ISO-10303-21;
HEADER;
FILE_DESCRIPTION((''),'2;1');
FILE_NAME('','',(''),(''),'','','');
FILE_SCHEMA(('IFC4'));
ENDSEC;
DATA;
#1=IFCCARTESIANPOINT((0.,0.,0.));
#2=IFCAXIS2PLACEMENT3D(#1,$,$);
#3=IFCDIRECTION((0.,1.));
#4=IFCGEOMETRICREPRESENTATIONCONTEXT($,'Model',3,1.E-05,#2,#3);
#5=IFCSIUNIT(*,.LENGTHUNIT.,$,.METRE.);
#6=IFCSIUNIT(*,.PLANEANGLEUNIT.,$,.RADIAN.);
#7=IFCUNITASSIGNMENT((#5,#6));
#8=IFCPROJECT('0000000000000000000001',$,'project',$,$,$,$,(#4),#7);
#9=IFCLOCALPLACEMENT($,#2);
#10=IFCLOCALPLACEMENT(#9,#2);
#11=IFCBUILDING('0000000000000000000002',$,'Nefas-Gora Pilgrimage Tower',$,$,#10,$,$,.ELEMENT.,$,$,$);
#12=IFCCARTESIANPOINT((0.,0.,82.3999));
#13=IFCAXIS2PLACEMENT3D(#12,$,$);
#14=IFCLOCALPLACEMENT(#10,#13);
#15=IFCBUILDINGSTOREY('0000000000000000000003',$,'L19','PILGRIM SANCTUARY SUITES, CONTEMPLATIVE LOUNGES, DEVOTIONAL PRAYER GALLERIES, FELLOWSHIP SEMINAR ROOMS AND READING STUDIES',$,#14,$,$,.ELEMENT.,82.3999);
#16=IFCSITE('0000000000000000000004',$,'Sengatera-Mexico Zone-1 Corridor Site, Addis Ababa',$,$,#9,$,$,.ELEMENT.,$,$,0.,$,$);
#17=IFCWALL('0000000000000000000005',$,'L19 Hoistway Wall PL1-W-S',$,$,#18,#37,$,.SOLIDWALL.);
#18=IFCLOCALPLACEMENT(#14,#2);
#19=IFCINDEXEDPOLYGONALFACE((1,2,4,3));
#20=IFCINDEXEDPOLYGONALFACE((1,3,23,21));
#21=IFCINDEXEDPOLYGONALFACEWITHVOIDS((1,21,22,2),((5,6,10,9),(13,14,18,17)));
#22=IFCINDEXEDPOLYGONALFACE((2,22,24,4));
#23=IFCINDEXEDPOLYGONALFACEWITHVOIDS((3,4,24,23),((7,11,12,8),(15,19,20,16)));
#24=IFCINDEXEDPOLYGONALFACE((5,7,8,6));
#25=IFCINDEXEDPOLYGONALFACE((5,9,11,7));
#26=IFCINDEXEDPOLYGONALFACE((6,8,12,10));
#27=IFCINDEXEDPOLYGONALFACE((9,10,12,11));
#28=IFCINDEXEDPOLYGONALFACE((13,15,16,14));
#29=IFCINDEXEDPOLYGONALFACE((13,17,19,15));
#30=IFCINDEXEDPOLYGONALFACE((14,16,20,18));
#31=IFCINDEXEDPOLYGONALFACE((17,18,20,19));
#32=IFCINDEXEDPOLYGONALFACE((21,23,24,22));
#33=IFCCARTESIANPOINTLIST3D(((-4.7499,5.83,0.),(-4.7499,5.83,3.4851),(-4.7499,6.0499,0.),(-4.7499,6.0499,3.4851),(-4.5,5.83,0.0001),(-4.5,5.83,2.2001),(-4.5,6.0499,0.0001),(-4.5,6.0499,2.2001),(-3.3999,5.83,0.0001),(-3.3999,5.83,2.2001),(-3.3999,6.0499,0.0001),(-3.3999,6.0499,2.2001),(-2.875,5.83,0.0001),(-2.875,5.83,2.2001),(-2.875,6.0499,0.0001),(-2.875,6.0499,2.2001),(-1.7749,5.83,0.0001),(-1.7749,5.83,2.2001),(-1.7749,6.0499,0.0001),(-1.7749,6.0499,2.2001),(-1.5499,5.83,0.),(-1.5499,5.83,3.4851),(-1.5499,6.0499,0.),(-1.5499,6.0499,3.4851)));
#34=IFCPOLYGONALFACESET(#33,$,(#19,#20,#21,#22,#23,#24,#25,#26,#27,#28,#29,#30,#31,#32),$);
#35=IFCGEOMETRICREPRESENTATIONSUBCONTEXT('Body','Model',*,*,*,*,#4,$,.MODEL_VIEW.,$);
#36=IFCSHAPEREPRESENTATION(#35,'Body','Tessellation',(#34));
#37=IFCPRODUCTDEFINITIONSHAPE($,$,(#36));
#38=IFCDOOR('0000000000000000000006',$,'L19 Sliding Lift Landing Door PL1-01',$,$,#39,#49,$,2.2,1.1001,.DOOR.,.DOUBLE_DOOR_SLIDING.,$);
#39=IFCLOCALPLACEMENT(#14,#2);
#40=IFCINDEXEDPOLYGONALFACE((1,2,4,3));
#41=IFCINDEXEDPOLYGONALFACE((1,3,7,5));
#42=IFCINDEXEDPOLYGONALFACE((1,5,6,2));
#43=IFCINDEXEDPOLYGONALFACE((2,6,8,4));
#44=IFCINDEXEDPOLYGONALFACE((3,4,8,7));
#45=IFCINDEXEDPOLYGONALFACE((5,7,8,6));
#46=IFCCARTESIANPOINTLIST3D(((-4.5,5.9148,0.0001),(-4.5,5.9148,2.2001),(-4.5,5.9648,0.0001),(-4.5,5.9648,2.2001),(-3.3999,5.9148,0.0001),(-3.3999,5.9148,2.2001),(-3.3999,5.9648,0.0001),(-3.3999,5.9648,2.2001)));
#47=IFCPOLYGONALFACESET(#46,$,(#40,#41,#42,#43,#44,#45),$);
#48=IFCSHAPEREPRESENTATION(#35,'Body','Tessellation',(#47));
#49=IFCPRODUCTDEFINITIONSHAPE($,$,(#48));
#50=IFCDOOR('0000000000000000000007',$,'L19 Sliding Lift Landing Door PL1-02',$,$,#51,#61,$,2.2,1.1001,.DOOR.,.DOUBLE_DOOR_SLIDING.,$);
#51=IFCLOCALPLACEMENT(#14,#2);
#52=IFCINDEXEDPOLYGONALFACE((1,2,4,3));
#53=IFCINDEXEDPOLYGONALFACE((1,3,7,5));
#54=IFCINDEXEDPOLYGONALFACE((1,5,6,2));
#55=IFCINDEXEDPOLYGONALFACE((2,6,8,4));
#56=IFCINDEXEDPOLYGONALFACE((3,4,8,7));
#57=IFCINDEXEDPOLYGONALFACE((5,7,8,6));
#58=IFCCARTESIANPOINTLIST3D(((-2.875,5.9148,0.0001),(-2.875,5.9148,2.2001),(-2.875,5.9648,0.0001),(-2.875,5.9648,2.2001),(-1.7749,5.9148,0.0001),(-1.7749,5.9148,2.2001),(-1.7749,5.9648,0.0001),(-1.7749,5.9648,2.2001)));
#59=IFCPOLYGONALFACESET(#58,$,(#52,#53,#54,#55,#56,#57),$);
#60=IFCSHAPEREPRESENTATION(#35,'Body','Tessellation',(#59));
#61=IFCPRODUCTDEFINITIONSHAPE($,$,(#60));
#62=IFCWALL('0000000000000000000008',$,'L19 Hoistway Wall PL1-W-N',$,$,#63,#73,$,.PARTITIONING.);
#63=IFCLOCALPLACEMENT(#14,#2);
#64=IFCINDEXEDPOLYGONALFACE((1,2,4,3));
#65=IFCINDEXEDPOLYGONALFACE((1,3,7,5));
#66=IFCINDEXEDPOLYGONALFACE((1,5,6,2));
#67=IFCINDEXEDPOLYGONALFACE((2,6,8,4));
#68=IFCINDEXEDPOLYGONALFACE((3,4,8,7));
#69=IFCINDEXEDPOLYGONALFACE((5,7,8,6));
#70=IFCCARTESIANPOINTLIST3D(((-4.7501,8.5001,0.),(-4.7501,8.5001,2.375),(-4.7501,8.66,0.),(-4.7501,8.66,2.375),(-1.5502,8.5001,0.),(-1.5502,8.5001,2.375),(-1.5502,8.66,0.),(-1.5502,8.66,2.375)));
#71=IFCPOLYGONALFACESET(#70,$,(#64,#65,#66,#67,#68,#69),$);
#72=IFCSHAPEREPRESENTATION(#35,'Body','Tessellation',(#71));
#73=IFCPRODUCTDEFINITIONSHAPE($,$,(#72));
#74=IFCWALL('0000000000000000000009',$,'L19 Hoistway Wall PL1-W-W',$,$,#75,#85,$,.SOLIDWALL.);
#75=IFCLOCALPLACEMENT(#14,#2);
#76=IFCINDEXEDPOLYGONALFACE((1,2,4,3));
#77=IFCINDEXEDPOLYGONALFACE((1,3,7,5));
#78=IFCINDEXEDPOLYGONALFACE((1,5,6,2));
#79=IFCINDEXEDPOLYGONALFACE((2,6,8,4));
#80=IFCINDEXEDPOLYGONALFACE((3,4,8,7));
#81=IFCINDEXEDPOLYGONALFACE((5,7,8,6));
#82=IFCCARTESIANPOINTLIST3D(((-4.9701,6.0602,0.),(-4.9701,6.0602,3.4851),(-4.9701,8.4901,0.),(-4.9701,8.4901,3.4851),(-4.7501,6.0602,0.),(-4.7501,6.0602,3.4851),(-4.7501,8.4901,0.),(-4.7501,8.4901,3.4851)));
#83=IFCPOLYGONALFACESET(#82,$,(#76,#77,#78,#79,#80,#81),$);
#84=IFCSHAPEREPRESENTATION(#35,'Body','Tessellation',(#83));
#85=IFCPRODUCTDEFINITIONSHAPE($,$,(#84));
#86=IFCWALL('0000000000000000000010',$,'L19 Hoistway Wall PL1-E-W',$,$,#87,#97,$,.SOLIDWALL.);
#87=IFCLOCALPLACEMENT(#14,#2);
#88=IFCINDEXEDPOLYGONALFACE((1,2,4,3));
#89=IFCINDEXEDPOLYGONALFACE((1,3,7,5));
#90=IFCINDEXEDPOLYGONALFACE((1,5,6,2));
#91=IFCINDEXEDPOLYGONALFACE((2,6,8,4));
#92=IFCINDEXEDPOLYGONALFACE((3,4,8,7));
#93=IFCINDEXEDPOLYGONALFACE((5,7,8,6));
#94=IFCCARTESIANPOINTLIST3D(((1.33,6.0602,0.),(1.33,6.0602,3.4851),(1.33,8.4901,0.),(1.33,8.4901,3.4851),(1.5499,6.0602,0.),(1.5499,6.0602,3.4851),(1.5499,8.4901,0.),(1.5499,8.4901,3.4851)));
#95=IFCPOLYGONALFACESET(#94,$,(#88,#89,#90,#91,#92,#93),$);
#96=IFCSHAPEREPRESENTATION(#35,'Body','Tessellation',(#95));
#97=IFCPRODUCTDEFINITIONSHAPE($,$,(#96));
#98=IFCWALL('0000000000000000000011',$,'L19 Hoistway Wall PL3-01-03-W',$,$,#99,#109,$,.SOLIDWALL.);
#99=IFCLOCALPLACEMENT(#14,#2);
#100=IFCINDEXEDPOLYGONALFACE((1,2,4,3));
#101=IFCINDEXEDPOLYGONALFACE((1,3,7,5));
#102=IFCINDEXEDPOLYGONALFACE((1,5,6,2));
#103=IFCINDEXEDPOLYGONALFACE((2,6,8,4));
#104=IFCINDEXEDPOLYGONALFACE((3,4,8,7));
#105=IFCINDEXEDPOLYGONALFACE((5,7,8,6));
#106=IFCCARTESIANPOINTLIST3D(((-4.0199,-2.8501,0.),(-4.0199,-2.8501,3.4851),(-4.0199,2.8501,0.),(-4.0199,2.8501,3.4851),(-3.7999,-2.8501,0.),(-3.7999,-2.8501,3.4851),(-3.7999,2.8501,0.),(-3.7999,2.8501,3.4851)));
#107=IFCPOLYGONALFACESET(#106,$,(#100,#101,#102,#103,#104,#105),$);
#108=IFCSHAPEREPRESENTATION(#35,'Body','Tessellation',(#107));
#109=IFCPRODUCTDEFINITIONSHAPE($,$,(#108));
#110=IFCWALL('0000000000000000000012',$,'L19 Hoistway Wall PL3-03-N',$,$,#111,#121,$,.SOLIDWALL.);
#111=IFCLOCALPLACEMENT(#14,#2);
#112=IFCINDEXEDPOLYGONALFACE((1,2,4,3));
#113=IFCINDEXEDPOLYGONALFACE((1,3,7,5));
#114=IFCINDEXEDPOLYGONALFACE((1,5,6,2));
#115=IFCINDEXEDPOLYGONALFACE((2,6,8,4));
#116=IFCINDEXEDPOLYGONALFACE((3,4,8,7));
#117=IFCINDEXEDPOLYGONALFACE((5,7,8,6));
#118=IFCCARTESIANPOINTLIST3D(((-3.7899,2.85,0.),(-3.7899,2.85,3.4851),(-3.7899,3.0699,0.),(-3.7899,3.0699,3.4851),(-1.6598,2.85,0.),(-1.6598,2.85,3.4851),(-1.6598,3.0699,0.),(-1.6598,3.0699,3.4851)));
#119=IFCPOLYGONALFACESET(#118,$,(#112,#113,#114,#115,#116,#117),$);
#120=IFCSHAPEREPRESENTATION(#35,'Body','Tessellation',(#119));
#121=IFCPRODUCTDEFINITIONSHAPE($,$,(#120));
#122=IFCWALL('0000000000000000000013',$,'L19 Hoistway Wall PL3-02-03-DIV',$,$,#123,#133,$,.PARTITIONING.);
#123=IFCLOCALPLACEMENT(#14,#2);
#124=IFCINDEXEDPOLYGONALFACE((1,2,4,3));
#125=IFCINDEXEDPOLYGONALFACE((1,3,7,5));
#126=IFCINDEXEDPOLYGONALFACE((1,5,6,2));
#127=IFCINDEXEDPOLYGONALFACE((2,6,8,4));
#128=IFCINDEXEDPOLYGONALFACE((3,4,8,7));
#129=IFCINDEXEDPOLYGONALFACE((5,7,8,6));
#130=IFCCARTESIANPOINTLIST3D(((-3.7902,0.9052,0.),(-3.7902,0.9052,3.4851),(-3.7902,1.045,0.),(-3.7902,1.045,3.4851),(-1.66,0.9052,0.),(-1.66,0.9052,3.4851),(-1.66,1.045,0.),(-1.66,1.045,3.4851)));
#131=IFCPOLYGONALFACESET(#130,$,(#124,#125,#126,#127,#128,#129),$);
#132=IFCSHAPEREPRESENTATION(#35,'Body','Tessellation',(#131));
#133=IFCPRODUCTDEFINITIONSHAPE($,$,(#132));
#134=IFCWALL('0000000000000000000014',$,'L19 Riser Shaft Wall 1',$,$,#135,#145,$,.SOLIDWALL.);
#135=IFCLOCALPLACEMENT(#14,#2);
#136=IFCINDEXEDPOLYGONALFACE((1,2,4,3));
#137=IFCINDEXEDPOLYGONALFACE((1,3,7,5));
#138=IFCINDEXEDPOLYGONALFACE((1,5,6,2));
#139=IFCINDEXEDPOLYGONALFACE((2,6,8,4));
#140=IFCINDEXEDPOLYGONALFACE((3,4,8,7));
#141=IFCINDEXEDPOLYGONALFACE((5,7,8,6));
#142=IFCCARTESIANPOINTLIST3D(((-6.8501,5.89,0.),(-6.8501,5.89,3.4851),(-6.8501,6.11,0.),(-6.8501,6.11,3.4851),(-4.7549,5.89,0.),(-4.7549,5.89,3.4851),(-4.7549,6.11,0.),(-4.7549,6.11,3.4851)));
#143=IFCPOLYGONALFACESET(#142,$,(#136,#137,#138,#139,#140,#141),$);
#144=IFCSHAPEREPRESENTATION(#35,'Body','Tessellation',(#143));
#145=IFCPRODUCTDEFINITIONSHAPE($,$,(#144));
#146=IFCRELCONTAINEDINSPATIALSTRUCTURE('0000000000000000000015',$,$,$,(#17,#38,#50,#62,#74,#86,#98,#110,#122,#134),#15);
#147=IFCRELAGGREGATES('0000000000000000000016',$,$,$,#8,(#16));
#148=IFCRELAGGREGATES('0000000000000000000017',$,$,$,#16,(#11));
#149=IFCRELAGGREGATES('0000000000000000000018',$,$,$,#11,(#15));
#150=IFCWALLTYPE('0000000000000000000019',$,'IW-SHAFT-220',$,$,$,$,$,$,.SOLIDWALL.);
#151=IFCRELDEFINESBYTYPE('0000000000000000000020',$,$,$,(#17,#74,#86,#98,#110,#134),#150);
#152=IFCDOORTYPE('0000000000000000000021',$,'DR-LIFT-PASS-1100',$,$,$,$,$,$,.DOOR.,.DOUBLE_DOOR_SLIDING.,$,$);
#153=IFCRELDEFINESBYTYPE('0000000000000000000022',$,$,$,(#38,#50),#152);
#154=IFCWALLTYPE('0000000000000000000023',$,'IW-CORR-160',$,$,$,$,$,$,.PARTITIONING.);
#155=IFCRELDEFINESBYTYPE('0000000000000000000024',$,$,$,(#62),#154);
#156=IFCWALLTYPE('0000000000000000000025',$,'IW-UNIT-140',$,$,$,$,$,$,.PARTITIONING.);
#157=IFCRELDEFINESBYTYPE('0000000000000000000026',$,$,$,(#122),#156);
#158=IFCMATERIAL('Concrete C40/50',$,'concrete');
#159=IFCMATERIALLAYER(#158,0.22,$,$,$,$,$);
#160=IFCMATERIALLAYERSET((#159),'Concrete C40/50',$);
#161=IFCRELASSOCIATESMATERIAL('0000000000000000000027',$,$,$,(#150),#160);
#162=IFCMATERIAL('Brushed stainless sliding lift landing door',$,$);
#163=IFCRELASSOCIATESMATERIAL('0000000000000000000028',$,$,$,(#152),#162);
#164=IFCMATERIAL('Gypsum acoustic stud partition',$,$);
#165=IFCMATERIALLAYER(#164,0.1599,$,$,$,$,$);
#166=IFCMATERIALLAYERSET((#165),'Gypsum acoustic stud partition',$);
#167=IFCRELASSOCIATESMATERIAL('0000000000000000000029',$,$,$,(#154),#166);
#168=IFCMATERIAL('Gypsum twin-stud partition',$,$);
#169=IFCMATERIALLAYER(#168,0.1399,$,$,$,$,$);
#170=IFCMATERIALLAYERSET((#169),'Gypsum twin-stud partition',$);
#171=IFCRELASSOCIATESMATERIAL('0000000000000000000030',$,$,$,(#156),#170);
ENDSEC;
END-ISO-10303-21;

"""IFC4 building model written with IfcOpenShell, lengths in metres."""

from ifc_helpers import new_model, si_unit, direction, frame, frame_2d, origin, place, context, subcontext, project, spatial, rectangle, extrude, source, transform, mapped, material, layer, layer_set, type_object, element, fill, save


model = new_model("IFC4")

# Units and contexts
model_context = context("Model", 3, precision=1e-05, world=origin(), true_north=direction((0.0, 1.0)))
body_context = subcontext(model_context, "Body", "Model", "MODEL_VIEW")
ifc_project = project(units=[si_unit("LENGTHUNIT", "METRE"), si_unit("PLANEANGLEUNIT", "RADIAN")], contexts=[model_context])

# Site, building, storey
site_placement = place(None, origin())
site = spatial("IfcSite", under=ifc_project, at=site_placement, Name="Sengatera-Mexico Zone-1 Corridor Site, Addis Ababa", CompositionType="ELEMENT", RefElevation=0.0)
building_placement = place(site_placement, origin())
building = spatial("IfcBuilding", under=site, at=building_placement, Name="Nefas-Gora Pilgrimage Tower", CompositionType="ELEMENT")
storey_placement = place(building_placement, frame((0.0, 0.0, 82.3999)))
storey = spatial("IfcBuildingStorey", under=building, at=storey_placement, Name="L19", Description="PILGRIM SANCTUARY SUITES, CONTEMPLATIVE LOUNGES, DEVOTIONAL PRAYER GALLERIES, FELLOWSHIP SEMINAR ROOMS AND READING STUDIES", CompositionType="ELEMENT", Elevation=82.3999)

# Shared definitions
ifc_material_1 = material(Name="Concrete C40/50", Category="concrete")

# Shared definitions
ifc_layer_1 = layer(ifc_material_1, 0.22)
ifc_layer_set_1 = layer_set([ifc_layer_1], Name="Concrete C40/50")
wall_type_1 = type_object("IfcWallType", Name="IW-SHAFT-220", PredefinedType="SOLIDWALL", material=ifc_layer_set_1)

# Wall, openings, doors
shared_shape_1 = source(origin(), body_context, "Body", "SweptSolid", [
    extrude(rectangle(XDim=3.2, YDim=0.22, at=frame_2d((1.6001, 0.0))), origin(), (0.0, 0.0, 1.0), 3.4851),
])
wall_1_placement = place(storey_placement, frame((-4.75, 5.9399, 0.0), z_axis=(0.0, 0.0, 1.0), x_axis=(1.0, 0.0, 0.0)))
wall_1 = element("IfcWall", 1, at=wall_1_placement, inside=storey, type_object=wall_type_1, Name="L19 Hoistway Wall PL1-W-S", PredefinedType="SOLIDWALL", context=body_context, shape_type="MappedRepresentation", body=[
    mapped(shared_shape_1, transform((0.0, 0.0, 0.0), x_axis=(1.0, 0.0, 0.0), y_axis=(0.0, 1.0, 0.0), z_axis=(0.0, 0.0, 1.0), scale=1.0)),
])
opening_1_placement = place(wall_1_placement, frame((0.25, 0.0, 0.0)))
opening_1 = element("IfcOpeningElement", 2, at=opening_1_placement, cuts=wall_1, PredefinedType="OPENING", context=body_context, shape_type="SweptSolid", body=[
    extrude(rectangle(XDim=1.1001, YDim=2.2, at=frame_2d((0.55, 1.1001))), frame((0.0, 0.1199, 0.0), z_axis=(0.0, -1.0, 0.0), x_axis=(1.0, 0.0, 0.0)), (0.0, 0.0, 1.0), 0.24),
])
opening_2_placement = place(wall_1_placement, frame((1.875, 0.0, 0.0)))
opening_2 = element("IfcOpeningElement", 3, at=opening_2_placement, cuts=wall_1, PredefinedType="OPENING", context=body_context, shape_type="SweptSolid", body=[
    extrude(rectangle(XDim=1.1001, YDim=2.2, at=frame_2d((0.55, 1.1001))), frame((0.0, 0.1199, 0.0), z_axis=(0.0, -1.0, 0.0), x_axis=(1.0, 0.0, 0.0)), (0.0, 0.0, 1.0), 0.24),
])
ifc_material_2 = material(Name="Brushed stainless sliding lift landing door")
door_type_1 = type_object("IfcDoorType", Name="DR-LIFT-PASS-1100", OperationType="DOUBLE_DOOR_SLIDING", PredefinedType="DOOR", material=ifc_material_2)
shared_shape_2 = source(origin(), body_context, "Body", "SweptSolid", [
    extrude(rectangle(XDim=1.1001, YDim=2.2, at=frame_2d((0.55, 1.1001))), frame((0.0, 0.0249, 0.0), z_axis=(0.0, -1.0, 0.0), x_axis=(1.0, 0.0, 0.0)), (0.0, 0.0, 1.0), 0.05),
])
door_1_placement = place(opening_1_placement, origin())
door_1 = element("IfcDoor", 4, at=door_1_placement, inside=storey, type_object=door_type_1, Name="L19 Sliding Lift Landing Door PL1-01", OperationType="DOUBLE_DOOR_SLIDING", OverallHeight=2.2, OverallWidth=1.1001, PredefinedType="DOOR", context=body_context, shape_type="MappedRepresentation", body=[
    mapped(shared_shape_2, transform((0.0, 0.0, 0.0), x_axis=(1.0, 0.0, 0.0), y_axis=(0.0, 1.0, 0.0), z_axis=(0.0, 0.0, 1.0), scale=1.0)),
])
fill(opening_1, door_1)
door_2_placement = place(opening_2_placement, origin())
door_2 = element("IfcDoor", 5, at=door_2_placement, inside=storey, type_object=door_type_1, Name="L19 Sliding Lift Landing Door PL1-02", OperationType="DOUBLE_DOOR_SLIDING", OverallHeight=2.2, OverallWidth=1.1001, PredefinedType="DOOR", context=body_context, shape_type="MappedRepresentation", body=[
    mapped(shared_shape_2, transform((0.0, 0.0, 0.0), x_axis=(1.0, 0.0, 0.0), y_axis=(0.0, 1.0, 0.0), z_axis=(0.0, 0.0, 1.0), scale=1.0)),
])
fill(opening_2, door_2)

# Walls
ifc_material_3 = material(Name="Gypsum acoustic stud partition")
ifc_layer_2 = layer(ifc_material_3, 0.1599)
ifc_layer_set_2 = layer_set([ifc_layer_2], Name="Gypsum acoustic stud partition")
wall_type_2 = type_object("IfcWallType", Name="IW-CORR-160", PredefinedType="PARTITIONING", material=ifc_layer_set_2)
shared_shape_3 = source(origin(), body_context, "Body", "SweptSolid", [
    extrude(rectangle(XDim=3.2, YDim=0.1599, at=frame_2d((1.6001, 0.0))), origin(), (0.0, 0.0, 1.0), 2.375),
])
wall_2_placement = place(storey_placement, frame((-1.55, 8.5801, 0.0), z_axis=(0.0, 0.0, 1.0), x_axis=(-1.0, 0.0, 0.0)))
element("IfcWall", 6, at=wall_2_placement, inside=storey, type_object=wall_type_2, Name="L19 Hoistway Wall PL1-W-N", PredefinedType="PARTITIONING", context=body_context, shape_type="MappedRepresentation", body=[
    mapped(shared_shape_3, transform((0.0, 0.0, 0.0), x_axis=(1.0, 0.0, 0.0), y_axis=(0.0, 1.0, 0.0), z_axis=(0.0, 0.0, 1.0), scale=1.0)),
])
shared_shape_4 = source(origin(), body_context, "Body", "SweptSolid", [
    extrude(rectangle(XDim=2.4299, YDim=0.22, at=frame_2d((1.2148, 0.0))), origin(), (0.0, 0.0, 1.0), 3.4851),
])
for number, where, z_axis, x_axis, name in (
    (7, (-4.8601, 8.49, 0.0), (0.0, 0.0, 1.0), (0.0, -1.0, 0.0), "L19 Hoistway Wall PL1-W-W"),
    (8, (1.4399, 8.49, 0.0), (0.0, 0.0, 1.0), (0.0, -1.0, 0.0), "L19 Hoistway Wall PL1-E-W"),
):
    element("IfcWall", number, at=place(storey_placement, frame(where, z_axis=z_axis, x_axis=x_axis)), inside=storey, type_object=wall_type_1, Name=name, PredefinedType="SOLIDWALL", context=body_context, shape_type="MappedRepresentation", body=[
        mapped(shared_shape_4, transform((0.0, 0.0, 0.0), x_axis=(1.0, 0.0, 0.0), y_axis=(0.0, 1.0, 0.0), z_axis=(0.0, 0.0, 1.0), scale=1.0)),
    ])
ifc_material_4 = material(Name="Gypsum twin-stud partition")
ifc_layer_3 = layer(ifc_material_4, 0.1399)
ifc_layer_set_3 = layer_set([ifc_layer_3], Name="Gypsum twin-stud partition")
wall_type_3 = type_object("IfcWallType", Name="IW-UNIT-140", PredefinedType="PARTITIONING", material=ifc_layer_set_3)
shared_shape_5 = source(origin(), body_context, "Body", "SweptSolid", [
    extrude(rectangle(XDim=5.7002, YDim=0.22, at=frame_2d((2.8501, 0.0))), origin(), (0.0, 0.0, 1.0), 3.4851),
])
wall_3_placement = place(storey_placement, frame((-3.9099, 2.8501, 0.0), z_axis=(0.0, 0.0, 1.0), x_axis=(0.0, -1.0, 0.0)))
element("IfcWall", 9, at=wall_3_placement, inside=storey, type_object=wall_type_1, Name="L19 Hoistway Wall PL3-01-03-W", PredefinedType="SOLIDWALL", context=body_context, shape_type="MappedRepresentation", body=[
    mapped(shared_shape_5, transform((0.0, 0.0, 0.0), x_axis=(1.0, 0.0, 0.0), y_axis=(0.0, 1.0, 0.0), z_axis=(0.0, 0.0, 1.0), scale=1.0)),
])
shared_shape_6 = source(origin(), body_context, "Body", "SweptSolid", [
    extrude(rectangle(XDim=2.1301, YDim=0.22, at=frame_2d((1.0649, 0.0))), origin(), (0.0, 0.0, 1.0), 3.4851),
])
wall_4_placement = place(storey_placement, frame((-1.6599, 2.96, 0.0), z_axis=(0.0, 0.0, 1.0), x_axis=(-1.0, 0.0, 0.0)))
element("IfcWall", 10, at=wall_4_placement, inside=storey, type_object=wall_type_1, Name="L19 Hoistway Wall PL3-03-N", PredefinedType="SOLIDWALL", context=body_context, shape_type="MappedRepresentation", body=[
    mapped(shared_shape_6, transform((0.0, 0.0, 0.0), x_axis=(1.0, 0.0, 0.0), y_axis=(0.0, 1.0, 0.0), z_axis=(0.0, 0.0, 1.0), scale=1.0)),
])
shared_shape_7 = source(origin(), body_context, "Body", "SweptSolid", [
    extrude(rectangle(XDim=2.1301, YDim=0.1399, at=frame_2d((1.0649, 0.0))), origin(), (0.0, 0.0, 1.0), 3.4851),
])
wall_5_placement = place(storey_placement, frame((-3.79, 0.9751, 0.0), z_axis=(0.0, 0.0, 1.0), x_axis=(1.0, 0.0, 0.0)))
element("IfcWall", 11, at=wall_5_placement, inside=storey, type_object=wall_type_3, Name="L19 Hoistway Wall PL3-02-03-DIV", PredefinedType="PARTITIONING", context=body_context, shape_type="MappedRepresentation", body=[
    mapped(shared_shape_7, transform((0.0, 0.0, 0.0), x_axis=(1.0, 0.0, 0.0), y_axis=(0.0, 1.0, 0.0), z_axis=(0.0, 0.0, 1.0), scale=1.0)),
])
shared_shape_8 = source(origin(), body_context, "Body", "SweptSolid", [
    extrude(rectangle(XDim=2.0952, YDim=0.22, at=frame_2d((1.0476, 0.0))), origin(), (0.0, 0.0, 1.0), 3.4851),
])
wall_6_placement = place(storey_placement, frame((-6.8501, 6.0, 0.0), z_axis=(0.0, 0.0, 1.0), x_axis=(1.0, 0.0, 0.0)))
element("IfcWall", 12, at=wall_6_placement, inside=storey, type_object=wall_type_1, Name="L19 Riser Shaft Wall 1", PredefinedType="SOLIDWALL", context=body_context, shape_type="MappedRepresentation", body=[
    mapped(shared_shape_8, transform((0.0, 0.0, 0.0), x_axis=(1.0, 0.0, 0.0), y_axis=(0.0, 1.0, 0.0), z_axis=(0.0, 0.0, 1.0), scale=1.0)),
])

save(model, "model.ifc")
